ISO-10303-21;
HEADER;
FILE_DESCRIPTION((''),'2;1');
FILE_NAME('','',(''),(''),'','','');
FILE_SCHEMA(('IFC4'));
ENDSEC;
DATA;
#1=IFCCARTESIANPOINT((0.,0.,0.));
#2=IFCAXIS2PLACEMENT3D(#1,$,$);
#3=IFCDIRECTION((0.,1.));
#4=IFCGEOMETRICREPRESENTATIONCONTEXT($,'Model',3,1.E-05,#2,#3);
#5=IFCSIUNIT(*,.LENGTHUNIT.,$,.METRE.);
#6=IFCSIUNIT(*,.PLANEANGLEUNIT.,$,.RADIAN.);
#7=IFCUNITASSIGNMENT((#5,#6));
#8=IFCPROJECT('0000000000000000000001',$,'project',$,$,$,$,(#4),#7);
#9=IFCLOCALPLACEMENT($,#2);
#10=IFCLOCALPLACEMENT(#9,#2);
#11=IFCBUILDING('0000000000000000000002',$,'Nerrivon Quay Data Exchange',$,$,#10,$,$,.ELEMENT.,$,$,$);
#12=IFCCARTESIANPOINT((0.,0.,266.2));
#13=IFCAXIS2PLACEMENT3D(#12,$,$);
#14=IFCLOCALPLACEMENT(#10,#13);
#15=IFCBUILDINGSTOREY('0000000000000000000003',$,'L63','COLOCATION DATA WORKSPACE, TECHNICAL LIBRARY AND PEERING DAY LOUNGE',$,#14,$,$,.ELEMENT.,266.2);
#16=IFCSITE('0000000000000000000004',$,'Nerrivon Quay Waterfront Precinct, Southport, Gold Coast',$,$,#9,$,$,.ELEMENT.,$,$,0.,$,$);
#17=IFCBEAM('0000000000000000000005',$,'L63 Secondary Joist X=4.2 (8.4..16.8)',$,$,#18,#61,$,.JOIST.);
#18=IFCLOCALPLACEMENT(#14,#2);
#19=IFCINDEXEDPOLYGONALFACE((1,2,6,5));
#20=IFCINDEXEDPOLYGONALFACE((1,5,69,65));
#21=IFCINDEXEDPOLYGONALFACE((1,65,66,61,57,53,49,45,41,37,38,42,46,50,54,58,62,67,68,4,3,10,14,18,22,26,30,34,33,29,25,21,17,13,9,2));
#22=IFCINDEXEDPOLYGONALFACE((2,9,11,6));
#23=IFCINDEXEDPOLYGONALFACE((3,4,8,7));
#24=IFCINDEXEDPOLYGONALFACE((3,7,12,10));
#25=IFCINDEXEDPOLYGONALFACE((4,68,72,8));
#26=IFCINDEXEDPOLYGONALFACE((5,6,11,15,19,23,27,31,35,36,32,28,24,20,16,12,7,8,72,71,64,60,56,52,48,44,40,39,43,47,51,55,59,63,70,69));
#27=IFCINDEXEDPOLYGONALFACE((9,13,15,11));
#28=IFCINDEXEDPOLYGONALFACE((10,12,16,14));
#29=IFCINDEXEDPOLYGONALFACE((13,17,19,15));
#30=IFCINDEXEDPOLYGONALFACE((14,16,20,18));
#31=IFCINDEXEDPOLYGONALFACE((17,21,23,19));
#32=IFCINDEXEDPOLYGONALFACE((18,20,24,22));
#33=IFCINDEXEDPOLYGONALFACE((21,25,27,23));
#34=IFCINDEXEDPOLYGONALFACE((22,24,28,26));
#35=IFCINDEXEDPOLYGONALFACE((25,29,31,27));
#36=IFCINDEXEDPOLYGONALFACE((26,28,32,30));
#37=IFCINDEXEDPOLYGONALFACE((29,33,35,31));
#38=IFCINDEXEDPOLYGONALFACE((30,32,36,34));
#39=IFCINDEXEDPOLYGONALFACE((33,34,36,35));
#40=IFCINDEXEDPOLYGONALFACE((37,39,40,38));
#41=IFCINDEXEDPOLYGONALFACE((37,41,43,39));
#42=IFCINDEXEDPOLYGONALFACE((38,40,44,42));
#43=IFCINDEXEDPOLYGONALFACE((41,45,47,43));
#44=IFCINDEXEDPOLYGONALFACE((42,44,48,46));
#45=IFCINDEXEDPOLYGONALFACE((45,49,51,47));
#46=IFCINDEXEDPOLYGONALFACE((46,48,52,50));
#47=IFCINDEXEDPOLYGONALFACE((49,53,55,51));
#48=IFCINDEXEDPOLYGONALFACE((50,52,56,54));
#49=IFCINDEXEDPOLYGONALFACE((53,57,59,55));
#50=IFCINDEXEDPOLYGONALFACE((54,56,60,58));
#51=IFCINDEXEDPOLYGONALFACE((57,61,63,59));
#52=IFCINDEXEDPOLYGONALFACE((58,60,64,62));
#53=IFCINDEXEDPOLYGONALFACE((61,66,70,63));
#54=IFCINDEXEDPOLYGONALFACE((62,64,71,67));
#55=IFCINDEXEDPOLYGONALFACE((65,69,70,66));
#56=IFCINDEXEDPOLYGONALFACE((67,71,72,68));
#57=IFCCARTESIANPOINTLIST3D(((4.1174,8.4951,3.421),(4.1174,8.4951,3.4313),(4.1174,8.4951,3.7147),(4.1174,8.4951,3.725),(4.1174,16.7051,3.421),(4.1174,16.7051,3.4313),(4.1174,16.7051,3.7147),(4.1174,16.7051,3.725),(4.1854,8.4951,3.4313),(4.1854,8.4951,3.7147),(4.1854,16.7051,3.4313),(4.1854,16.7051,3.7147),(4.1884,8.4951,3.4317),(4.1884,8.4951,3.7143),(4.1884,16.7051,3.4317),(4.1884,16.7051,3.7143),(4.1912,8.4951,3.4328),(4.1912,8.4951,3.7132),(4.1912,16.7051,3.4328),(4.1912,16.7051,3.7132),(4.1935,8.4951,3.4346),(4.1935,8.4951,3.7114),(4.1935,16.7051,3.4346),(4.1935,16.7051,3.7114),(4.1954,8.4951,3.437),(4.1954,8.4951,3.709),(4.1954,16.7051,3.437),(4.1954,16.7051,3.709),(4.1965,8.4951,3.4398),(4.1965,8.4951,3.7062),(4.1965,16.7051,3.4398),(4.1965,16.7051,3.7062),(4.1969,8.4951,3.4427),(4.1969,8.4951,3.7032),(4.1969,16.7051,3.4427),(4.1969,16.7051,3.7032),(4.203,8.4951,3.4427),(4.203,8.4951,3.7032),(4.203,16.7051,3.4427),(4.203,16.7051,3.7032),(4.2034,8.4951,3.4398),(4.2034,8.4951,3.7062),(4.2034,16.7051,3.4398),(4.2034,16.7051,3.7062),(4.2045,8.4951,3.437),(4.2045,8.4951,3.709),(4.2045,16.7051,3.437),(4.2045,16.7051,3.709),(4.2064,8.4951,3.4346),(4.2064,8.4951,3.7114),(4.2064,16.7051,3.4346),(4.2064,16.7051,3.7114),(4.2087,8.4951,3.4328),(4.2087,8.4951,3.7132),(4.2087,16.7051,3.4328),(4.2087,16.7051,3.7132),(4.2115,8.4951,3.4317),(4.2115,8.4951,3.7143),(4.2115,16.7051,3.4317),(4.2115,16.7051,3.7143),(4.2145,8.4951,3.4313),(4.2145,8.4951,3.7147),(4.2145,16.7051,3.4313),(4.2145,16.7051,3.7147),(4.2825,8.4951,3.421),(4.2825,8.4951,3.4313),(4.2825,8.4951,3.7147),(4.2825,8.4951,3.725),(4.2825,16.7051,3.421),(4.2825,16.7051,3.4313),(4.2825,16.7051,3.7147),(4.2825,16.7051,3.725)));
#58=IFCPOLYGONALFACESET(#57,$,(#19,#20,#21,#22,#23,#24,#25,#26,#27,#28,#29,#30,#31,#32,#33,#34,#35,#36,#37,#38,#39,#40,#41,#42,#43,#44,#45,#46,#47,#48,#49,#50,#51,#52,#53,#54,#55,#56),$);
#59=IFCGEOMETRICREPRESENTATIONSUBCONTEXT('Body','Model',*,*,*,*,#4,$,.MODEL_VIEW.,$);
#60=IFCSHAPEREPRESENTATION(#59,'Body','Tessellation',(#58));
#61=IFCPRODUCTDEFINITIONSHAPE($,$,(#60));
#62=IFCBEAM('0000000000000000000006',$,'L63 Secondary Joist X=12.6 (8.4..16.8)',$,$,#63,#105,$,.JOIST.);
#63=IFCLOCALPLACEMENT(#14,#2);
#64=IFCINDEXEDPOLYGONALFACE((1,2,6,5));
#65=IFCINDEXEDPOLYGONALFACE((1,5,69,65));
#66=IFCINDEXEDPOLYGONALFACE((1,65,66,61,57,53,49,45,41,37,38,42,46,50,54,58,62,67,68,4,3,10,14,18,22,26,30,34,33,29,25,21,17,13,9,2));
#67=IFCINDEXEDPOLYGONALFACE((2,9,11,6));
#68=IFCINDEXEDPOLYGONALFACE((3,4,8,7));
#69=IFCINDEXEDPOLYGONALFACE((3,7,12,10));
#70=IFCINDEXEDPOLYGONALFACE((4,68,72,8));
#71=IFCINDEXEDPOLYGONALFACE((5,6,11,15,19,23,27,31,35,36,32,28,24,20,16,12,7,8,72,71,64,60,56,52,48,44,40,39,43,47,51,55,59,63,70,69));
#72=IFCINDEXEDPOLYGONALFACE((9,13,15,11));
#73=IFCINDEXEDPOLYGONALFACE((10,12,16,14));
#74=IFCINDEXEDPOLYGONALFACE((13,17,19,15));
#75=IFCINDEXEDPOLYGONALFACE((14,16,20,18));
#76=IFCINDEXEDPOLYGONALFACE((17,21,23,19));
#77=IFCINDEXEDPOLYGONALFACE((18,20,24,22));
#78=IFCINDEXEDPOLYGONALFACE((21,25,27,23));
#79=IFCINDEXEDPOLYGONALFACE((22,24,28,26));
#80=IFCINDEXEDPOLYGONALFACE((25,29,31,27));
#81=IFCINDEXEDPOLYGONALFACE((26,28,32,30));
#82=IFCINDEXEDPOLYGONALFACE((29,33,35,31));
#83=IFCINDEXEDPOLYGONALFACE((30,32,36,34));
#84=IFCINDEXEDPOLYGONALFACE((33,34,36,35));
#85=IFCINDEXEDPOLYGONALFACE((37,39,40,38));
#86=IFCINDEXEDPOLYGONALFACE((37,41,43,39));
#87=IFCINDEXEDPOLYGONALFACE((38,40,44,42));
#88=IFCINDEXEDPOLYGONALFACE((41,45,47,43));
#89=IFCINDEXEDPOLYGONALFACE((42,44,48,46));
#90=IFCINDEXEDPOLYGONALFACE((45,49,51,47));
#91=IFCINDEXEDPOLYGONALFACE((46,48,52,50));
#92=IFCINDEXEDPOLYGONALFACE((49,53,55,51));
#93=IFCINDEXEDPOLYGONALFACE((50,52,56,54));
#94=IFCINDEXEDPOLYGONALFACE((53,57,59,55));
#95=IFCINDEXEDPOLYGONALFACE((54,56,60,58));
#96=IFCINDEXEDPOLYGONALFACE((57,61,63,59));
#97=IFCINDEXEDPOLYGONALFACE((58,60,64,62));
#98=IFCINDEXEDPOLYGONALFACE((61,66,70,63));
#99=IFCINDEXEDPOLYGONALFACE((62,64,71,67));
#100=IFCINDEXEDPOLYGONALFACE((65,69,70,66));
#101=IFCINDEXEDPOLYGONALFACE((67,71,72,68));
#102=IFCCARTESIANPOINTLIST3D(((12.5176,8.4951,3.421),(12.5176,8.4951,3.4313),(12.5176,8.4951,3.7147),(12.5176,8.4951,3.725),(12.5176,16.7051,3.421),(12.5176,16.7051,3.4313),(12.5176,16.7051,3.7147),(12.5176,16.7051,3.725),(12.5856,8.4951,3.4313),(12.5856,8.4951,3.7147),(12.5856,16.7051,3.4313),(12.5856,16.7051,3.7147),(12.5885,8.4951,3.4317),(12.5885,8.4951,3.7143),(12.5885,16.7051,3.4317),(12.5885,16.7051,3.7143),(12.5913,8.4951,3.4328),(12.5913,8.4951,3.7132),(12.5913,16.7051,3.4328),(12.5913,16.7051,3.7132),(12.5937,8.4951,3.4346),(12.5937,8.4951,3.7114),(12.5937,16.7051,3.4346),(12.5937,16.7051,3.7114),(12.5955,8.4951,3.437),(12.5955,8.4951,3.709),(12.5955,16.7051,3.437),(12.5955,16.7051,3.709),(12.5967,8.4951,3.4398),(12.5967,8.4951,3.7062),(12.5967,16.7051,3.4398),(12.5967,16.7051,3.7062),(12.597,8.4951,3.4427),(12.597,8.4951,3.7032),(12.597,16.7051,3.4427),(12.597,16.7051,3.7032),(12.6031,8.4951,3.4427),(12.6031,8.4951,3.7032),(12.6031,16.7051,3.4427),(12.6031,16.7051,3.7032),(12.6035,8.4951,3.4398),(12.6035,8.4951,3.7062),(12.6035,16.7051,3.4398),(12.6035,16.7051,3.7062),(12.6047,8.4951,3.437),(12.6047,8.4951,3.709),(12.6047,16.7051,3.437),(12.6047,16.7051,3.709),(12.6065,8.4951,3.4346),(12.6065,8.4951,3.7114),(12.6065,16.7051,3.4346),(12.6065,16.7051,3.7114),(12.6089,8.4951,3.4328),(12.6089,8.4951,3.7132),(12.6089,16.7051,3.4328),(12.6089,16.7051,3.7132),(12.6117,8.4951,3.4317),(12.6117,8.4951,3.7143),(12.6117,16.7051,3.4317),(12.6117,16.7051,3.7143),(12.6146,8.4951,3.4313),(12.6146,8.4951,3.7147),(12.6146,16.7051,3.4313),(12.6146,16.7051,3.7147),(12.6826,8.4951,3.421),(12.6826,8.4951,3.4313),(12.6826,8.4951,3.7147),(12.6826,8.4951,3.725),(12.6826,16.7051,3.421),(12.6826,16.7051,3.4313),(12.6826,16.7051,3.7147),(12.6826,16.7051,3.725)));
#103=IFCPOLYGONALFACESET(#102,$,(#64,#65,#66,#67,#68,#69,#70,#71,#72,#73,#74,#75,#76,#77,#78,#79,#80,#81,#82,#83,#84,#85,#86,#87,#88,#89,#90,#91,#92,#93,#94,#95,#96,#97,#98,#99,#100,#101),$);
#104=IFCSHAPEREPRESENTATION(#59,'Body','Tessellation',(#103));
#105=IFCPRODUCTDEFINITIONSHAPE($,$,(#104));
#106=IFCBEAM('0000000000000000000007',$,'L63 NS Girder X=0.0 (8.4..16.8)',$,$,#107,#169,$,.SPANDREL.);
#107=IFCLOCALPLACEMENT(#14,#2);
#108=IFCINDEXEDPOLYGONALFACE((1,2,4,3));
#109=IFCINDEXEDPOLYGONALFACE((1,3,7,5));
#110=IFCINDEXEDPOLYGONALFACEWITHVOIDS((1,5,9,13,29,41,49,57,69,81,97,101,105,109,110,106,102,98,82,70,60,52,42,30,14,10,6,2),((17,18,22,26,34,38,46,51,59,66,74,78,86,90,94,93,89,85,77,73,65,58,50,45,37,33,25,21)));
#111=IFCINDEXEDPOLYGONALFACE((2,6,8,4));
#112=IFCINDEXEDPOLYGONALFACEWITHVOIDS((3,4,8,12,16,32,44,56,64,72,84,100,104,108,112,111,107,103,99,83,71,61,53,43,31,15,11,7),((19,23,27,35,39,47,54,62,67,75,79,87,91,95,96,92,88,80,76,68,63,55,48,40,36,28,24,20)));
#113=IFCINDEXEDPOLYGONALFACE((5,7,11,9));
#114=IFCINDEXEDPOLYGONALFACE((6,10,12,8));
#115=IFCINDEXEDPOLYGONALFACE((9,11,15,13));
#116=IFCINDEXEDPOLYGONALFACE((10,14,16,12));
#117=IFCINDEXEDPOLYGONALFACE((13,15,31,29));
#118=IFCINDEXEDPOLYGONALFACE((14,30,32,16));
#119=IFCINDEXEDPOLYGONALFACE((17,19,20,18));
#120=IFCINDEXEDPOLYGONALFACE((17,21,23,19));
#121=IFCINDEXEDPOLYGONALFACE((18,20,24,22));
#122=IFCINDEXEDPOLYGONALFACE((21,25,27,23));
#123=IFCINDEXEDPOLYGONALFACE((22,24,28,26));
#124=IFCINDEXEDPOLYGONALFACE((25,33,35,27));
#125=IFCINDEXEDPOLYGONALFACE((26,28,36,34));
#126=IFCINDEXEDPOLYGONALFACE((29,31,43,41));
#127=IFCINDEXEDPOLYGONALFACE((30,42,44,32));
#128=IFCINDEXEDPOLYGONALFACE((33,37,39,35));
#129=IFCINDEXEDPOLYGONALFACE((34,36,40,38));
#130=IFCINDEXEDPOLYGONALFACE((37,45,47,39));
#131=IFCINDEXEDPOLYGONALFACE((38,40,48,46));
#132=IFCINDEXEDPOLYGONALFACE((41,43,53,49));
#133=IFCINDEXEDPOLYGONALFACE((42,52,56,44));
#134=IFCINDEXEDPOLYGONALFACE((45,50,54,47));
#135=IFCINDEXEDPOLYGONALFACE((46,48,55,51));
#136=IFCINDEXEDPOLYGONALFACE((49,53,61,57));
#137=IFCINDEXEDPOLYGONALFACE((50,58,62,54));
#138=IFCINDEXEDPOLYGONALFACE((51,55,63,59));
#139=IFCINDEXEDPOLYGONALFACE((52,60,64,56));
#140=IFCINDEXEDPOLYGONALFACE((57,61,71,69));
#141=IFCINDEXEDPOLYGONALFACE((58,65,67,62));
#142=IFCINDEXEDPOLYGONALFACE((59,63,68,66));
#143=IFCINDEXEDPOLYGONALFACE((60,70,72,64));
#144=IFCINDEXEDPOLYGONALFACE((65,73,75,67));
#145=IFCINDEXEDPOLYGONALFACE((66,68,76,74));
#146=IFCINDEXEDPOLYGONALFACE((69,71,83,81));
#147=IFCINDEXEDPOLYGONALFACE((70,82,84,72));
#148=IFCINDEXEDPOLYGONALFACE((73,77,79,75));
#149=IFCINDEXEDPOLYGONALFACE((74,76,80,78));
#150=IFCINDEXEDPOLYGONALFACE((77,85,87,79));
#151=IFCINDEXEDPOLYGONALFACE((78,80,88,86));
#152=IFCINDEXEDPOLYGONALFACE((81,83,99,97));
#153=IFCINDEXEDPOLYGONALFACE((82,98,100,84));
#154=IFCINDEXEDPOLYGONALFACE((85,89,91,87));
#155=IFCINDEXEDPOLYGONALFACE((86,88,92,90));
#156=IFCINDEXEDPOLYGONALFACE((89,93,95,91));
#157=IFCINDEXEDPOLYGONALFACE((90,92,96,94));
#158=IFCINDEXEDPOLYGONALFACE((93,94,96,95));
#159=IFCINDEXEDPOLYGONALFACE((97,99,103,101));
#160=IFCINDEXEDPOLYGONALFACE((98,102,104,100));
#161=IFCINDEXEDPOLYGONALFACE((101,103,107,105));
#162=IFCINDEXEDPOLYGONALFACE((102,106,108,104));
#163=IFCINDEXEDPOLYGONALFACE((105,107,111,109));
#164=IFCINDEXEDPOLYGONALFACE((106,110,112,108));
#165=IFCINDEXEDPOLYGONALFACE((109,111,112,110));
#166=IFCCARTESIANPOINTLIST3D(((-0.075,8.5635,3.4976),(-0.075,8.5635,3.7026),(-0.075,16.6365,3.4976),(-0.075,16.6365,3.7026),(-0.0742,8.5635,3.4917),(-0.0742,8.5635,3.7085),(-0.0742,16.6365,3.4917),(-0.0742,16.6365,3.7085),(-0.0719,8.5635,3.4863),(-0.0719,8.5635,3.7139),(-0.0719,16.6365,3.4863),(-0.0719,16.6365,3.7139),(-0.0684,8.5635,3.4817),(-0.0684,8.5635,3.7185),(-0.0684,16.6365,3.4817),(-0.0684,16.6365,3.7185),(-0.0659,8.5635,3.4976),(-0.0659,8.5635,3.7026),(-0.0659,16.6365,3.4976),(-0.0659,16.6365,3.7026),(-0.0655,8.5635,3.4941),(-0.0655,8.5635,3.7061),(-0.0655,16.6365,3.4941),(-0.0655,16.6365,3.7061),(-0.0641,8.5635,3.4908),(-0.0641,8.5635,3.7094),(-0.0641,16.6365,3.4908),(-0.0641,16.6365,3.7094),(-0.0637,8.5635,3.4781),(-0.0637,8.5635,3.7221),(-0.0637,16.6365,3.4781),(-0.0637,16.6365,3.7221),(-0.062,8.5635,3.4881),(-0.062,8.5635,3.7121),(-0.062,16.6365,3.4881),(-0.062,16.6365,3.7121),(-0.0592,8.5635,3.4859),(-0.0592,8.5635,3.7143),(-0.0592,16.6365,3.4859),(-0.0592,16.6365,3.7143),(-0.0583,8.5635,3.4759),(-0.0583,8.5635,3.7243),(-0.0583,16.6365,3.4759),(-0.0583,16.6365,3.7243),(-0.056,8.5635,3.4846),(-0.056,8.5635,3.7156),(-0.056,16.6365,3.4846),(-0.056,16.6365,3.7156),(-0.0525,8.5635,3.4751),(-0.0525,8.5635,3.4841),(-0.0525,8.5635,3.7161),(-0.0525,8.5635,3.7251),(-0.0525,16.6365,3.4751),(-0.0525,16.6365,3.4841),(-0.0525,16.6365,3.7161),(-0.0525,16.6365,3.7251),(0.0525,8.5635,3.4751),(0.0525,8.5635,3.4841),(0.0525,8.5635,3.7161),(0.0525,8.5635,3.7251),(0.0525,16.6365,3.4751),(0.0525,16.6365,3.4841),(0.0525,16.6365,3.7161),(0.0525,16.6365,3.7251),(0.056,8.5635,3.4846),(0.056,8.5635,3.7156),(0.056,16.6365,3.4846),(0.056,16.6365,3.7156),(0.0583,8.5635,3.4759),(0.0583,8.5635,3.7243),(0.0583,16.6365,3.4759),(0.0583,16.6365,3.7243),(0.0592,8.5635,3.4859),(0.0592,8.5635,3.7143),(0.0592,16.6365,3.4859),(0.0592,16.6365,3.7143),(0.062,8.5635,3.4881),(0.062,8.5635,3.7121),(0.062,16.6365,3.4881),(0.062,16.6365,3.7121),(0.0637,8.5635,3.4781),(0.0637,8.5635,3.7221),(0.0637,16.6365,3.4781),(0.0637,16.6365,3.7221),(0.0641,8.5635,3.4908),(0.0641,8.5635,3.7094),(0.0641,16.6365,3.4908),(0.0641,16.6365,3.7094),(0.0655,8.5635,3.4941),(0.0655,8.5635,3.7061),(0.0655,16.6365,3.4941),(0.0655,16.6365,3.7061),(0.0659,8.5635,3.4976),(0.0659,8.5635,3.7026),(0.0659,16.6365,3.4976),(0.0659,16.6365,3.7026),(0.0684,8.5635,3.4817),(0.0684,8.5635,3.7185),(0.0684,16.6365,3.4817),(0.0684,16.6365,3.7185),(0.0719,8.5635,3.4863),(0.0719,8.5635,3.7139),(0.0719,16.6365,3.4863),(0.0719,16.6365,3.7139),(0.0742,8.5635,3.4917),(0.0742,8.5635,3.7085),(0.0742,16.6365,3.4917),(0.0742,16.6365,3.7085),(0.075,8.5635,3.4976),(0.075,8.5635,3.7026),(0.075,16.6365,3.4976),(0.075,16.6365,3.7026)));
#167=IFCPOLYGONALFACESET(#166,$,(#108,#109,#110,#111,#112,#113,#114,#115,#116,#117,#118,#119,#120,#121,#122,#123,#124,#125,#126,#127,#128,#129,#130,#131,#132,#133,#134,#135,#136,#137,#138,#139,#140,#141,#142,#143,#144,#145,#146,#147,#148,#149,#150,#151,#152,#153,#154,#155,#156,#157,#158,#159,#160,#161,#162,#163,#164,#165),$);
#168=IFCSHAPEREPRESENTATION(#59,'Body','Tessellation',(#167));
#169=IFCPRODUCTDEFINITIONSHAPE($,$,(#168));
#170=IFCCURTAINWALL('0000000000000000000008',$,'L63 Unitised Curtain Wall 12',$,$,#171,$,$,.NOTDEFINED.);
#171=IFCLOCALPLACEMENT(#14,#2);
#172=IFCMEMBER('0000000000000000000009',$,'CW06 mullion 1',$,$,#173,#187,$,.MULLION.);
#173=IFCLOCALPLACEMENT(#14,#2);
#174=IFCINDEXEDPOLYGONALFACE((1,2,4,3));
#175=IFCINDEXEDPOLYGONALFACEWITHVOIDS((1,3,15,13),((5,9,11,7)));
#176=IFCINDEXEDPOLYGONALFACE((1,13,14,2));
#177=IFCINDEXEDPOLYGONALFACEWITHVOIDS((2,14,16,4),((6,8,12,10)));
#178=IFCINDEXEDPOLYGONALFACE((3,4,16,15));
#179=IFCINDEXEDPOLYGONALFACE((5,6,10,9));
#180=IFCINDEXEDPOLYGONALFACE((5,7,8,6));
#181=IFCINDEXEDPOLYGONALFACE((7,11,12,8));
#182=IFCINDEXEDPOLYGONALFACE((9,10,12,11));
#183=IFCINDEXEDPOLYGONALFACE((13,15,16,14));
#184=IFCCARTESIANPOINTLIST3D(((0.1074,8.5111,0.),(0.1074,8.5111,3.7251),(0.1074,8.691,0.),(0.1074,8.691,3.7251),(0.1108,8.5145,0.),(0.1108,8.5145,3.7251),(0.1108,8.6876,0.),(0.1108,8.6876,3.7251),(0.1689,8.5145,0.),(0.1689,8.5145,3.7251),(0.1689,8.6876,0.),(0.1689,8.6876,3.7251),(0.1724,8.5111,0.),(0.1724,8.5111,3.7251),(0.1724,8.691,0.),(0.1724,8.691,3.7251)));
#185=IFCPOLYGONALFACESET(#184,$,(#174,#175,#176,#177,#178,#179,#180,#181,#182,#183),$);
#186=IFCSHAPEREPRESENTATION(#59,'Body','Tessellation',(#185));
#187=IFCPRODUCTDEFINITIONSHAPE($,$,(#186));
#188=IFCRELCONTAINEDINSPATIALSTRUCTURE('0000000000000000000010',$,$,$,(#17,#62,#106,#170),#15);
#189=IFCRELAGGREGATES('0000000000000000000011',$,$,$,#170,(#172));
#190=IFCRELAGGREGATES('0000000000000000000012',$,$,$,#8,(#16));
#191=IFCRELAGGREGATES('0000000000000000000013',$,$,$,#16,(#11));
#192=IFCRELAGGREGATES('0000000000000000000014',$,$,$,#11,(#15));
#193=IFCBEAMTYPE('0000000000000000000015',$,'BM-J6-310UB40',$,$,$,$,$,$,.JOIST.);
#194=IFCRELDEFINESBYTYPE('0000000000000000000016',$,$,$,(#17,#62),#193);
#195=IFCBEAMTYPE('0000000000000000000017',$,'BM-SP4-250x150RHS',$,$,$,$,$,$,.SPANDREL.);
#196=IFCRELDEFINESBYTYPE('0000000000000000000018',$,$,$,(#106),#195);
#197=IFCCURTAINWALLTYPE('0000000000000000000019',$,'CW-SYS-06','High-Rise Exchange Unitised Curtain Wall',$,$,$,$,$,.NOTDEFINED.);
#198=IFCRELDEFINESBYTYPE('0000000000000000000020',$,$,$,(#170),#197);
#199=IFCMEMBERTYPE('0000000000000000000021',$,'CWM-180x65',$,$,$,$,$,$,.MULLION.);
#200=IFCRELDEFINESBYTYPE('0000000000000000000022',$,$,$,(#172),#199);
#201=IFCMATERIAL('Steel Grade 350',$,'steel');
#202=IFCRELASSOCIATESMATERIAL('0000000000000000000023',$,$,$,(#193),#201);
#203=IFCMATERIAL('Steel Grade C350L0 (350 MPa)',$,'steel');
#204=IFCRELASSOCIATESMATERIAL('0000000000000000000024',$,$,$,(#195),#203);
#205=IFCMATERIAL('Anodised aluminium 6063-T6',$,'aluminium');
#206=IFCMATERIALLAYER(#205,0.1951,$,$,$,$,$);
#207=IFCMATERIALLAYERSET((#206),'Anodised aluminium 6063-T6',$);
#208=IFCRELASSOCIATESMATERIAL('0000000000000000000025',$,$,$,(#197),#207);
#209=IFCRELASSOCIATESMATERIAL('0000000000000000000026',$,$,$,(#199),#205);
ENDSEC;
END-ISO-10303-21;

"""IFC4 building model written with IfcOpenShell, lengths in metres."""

from ifc_helpers import new_model, si_unit, direction, frame, origin, origin_2d, place, context, subcontext, project, spatial, hollow_rectangle, i_section, extrude, material, layer, layer_set, material_profile, profile_set, type_object, element, aggregate, save


model = new_model("IFC4")

# Units and contexts
model_context = context("Model", 3, precision=1e-05, world=origin(), true_north=direction((0.0, 1.0)))
body_context = subcontext(model_context, "Body", "Model", "MODEL_VIEW")
ifc_project = project(units=[si_unit("LENGTHUNIT", "METRE"), si_unit("PLANEANGLEUNIT", "RADIAN")], contexts=[model_context])

# Site, building, storey
site_placement = place(None, origin())
site = spatial("IfcSite", under=ifc_project, at=site_placement, Name="Nerrivon Quay Waterfront Precinct, Southport, Gold Coast", CompositionType="ELEMENT", RefElevation=0.0)
building_placement = place(site_placement, origin())
building = spatial("IfcBuilding", under=site, at=building_placement, Name="Nerrivon Quay Data Exchange", CompositionType="ELEMENT")
storey_placement = place(building_placement, frame((0.0, 0.0, 266.2)))
storey = spatial("IfcBuildingStorey", under=building, at=storey_placement, Name="L63", Description="COLOCATION DATA WORKSPACE, TECHNICAL LIBRARY AND PEERING DAY LOUNGE", CompositionType="ELEMENT", Elevation=266.2)

# Shared definitions
ifc_material_1 = material(Name="Steel Grade 350", Category="steel")

# Beams
ifc_material_profile_1 = material_profile(ifc_material_1, i_section(OverallWidth=0.165, OverallDepth=0.304, WebThickness=0.0061, FlangeThickness=0.0103, FilletRadius=0.0115, at=origin_2d()), Name="310UB40.4")
ifc_profile_set_1 = profile_set([ifc_material_profile_1], Name="Steel Grade 350")
beam_type_1 = type_object("IfcBeamType", Name="BM-J6-310UB40", PredefinedType="JOIST", material=ifc_profile_set_1)
for number, where, z_axis, x_axis, name in (
    (1, (4.2, 8.4951, 3.573), (0.0, 1.0, 0.0), (-1.0, 0.0, 0.0), "L63 Secondary Joist X=4.2 (8.4..16.8)"),
    (2, (12.6001, 8.4951, 3.573), (0.0, 1.0, 0.0), (-1.0, 0.0, 0.0), "L63 Secondary Joist X=12.6 (8.4..16.8)"),
):
    element("IfcBeam", number, at=place(storey_placement, frame(where, z_axis=z_axis, x_axis=x_axis)), inside=storey, type_object=beam_type_1, Name=name, PredefinedType="JOIST", context=body_context, shape_type="SweptSolid", body=[
        extrude(i_section(OverallWidth=0.165, OverallDepth=0.304, WebThickness=0.0061, FlangeThickness=0.0103, FilletRadius=0.0115, at=origin_2d()), origin(), (0.0, 0.0, 1.0), 8.21),
    ])
ifc_material_2 = material(Name="Steel Grade C350L0 (350 MPa)", Category="steel")
ifc_material_profile_2 = material_profile(ifc_material_2, hollow_rectangle(XDim=0.1499, YDim=0.25, WallThickness=0.009, InnerFilletRadius=0.0134, OuterFilletRadius=0.0225, at=origin_2d()), Name="250x150x9.0RHS")
ifc_profile_set_2 = profile_set([ifc_material_profile_2], Name="Steel Grade C350L0 (350 MPa)")
beam_type_2 = type_object("IfcBeamType", Name="BM-SP4-250x150RHS", PredefinedType="SPANDREL", material=ifc_profile_set_2)
beam_1_placement = place(storey_placement, frame((0.0, 8.5635, 3.6001), z_axis=(0.0, 1.0, 0.0), x_axis=(-1.0, 0.0, 0.0)))
element("IfcBeam", 3, at=beam_1_placement, inside=storey, type_object=beam_type_2, Name="L63 NS Girder X=0.0 (8.4..16.8)", PredefinedType="SPANDREL", context=body_context, shape_type="SweptSolid", body=[
    extrude(hollow_rectangle(XDim=0.1499, YDim=0.25, WallThickness=0.009, InnerFilletRadius=0.0134, OuterFilletRadius=0.0225, at=origin_2d()), origin(), (0.0, 0.0, 1.0), 8.073),
])

# Curtain wall, member
ifc_material_3 = material(Name="Anodised aluminium 6063-T6", Category="aluminium")
ifc_layer_1 = layer(ifc_material_3, 0.1951)
ifc_layer_set_1 = layer_set([ifc_layer_1], Name="Anodised aluminium 6063-T6")
curtain_wall_type = type_object("IfcCurtainWallType", Name="CW-SYS-06", Description="High-Rise Exchange Unitised Curtain Wall", PredefinedType="NOTDEFINED", material=ifc_layer_set_1)
curtain_wall_placement = place(storey_placement, origin())
curtain_wall = element("IfcCurtainWall", 4, at=curtain_wall_placement, inside=storey, type_object=curtain_wall_type, Name="L63 Unitised Curtain Wall 12", PredefinedType="NOTDEFINED")
ifc_material_profile_3 = material_profile(ifc_material_3, hollow_rectangle(XDim=0.0649, YDim=0.1799, WallThickness=0.0034, at=origin_2d()), Name="ALU-MULL-180x65")
ifc_profile_set_3 = profile_set([ifc_material_profile_3], Name="Anodised aluminium 6063-T6")
member_type_1 = type_object("IfcMemberType", Name="CWM-180x65", PredefinedType="MULLION", material=ifc_profile_set_3)
member_1_placement = place(storey_placement, frame((0.1399, 8.6011, 0.0), z_axis=(0.0, 0.0, 1.0), x_axis=(-1.0, 0.0, 0.0)))
member_1 = element("IfcMember", 5, at=member_1_placement, type_object=member_type_1, Name="CW06 mullion 1", PredefinedType="MULLION", context=body_context, shape_type="SweptSolid", body=[
    extrude(hollow_rectangle(XDim=0.0649, YDim=0.1799, WallThickness=0.0034, at=origin_2d()), origin(), (0.0, 0.0, 1.0), 3.7251),
])
aggregate(curtain_wall, [member_1])

save(model, "model.ifc")
